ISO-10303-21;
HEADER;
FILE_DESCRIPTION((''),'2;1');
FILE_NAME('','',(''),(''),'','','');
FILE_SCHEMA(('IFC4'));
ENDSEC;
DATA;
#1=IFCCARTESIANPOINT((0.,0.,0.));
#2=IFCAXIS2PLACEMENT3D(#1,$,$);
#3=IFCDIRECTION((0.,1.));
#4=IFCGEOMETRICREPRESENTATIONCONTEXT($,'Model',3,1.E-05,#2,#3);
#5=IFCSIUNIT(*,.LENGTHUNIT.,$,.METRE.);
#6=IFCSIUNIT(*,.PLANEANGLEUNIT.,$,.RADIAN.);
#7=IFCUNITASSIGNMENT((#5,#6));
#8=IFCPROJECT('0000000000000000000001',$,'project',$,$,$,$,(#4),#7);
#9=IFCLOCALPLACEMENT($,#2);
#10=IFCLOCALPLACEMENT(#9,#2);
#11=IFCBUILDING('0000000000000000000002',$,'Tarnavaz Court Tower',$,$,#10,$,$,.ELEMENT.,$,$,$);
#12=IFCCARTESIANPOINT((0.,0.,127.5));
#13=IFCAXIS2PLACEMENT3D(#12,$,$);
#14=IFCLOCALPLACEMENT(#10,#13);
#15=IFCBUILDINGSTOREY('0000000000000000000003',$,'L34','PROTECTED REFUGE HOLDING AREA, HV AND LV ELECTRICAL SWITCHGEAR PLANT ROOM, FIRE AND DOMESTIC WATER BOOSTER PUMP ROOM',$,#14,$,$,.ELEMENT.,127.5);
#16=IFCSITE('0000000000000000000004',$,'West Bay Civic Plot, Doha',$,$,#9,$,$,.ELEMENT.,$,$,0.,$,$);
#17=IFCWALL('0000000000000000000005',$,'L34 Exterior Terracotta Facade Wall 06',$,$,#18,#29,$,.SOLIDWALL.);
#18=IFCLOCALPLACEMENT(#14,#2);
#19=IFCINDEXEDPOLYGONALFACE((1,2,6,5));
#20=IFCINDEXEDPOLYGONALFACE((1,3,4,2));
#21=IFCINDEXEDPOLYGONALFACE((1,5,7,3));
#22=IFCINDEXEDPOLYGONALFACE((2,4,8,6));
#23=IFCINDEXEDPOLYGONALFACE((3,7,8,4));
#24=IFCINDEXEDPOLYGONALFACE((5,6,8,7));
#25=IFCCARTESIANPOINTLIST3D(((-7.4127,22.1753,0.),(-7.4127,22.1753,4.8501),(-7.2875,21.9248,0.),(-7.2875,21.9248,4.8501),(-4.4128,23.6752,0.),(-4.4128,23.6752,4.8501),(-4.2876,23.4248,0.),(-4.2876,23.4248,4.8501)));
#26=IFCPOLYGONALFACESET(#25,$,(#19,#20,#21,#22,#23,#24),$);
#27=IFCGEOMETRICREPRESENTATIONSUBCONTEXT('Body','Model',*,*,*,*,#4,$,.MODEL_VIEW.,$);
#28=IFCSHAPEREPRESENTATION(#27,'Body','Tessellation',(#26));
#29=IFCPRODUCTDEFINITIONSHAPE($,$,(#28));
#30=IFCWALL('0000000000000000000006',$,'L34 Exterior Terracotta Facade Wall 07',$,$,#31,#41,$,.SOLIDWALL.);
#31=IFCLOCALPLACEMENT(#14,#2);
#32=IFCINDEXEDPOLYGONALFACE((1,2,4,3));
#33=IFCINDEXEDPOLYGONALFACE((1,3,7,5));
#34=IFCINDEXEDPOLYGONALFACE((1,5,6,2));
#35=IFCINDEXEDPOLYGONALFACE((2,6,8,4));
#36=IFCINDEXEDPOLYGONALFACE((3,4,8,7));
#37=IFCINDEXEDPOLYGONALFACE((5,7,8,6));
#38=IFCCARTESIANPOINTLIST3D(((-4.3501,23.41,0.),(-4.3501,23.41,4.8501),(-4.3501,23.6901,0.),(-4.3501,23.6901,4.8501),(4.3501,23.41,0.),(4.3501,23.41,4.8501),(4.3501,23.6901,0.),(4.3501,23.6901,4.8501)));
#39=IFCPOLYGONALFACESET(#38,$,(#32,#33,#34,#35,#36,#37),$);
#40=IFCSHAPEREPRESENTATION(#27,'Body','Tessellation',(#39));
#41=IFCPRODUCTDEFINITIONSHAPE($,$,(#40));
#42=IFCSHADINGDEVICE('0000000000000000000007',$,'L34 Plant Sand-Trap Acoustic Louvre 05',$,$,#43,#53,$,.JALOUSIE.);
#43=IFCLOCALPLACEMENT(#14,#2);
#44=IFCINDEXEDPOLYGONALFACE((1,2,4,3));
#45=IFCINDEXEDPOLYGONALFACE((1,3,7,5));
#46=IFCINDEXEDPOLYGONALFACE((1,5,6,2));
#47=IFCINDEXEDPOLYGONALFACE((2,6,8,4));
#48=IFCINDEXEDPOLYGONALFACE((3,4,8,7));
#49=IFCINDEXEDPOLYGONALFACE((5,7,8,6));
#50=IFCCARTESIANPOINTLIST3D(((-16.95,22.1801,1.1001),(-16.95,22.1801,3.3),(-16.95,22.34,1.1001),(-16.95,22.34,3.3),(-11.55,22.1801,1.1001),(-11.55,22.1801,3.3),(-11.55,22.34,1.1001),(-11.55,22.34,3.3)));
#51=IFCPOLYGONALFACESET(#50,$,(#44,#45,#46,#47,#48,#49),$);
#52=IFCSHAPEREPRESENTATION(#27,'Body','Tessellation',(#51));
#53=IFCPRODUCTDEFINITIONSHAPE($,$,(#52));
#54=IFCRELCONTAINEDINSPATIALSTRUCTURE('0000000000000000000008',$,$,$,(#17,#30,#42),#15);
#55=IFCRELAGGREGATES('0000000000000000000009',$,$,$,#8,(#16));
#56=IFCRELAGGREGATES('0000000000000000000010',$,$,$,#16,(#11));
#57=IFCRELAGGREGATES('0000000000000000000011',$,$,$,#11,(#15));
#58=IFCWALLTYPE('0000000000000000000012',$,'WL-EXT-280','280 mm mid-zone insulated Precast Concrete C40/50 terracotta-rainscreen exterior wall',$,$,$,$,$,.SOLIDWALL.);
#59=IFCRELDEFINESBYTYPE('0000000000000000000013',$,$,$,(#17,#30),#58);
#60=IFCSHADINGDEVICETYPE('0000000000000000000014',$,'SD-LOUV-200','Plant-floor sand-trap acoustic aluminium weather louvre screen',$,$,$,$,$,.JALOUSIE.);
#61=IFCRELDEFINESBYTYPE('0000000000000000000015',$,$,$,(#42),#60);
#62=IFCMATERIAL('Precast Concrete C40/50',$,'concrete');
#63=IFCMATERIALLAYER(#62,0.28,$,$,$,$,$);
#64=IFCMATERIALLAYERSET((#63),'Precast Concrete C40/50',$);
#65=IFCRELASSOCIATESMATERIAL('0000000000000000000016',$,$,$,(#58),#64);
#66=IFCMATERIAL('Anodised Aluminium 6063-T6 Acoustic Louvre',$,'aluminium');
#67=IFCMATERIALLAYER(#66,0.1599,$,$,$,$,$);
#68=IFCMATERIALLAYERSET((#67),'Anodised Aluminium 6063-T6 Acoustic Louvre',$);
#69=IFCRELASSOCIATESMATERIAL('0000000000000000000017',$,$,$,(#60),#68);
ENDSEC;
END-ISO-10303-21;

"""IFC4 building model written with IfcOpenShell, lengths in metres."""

from ifc_helpers import new_model, si_unit, direction, frame, frame_2d, origin, origin_2d, place, context, subcontext, project, spatial, rectangle, extrude, material, layer, layer_set, type_object, element, save


model = new_model("IFC4")

# Units and contexts
model_context = context("Model", 3, precision=1e-05, world=origin(), true_north=direction((0.0, 1.0)))
body_context = subcontext(model_context, "Body", "Model", "MODEL_VIEW")
ifc_project = project(units=[si_unit("LENGTHUNIT", "METRE"), si_unit("PLANEANGLEUNIT", "RADIAN")], contexts=[model_context])

# Site, building, storey
site_placement = place(None, origin())
site = spatial("IfcSite", under=ifc_project, at=site_placement, Name="West Bay Civic Plot, Doha", CompositionType="ELEMENT", RefElevation=0.0)
building_placement = place(site_placement, origin())
building = spatial("IfcBuilding", under=site, at=building_placement, Name="Tarnavaz Court Tower", CompositionType="ELEMENT")
storey_placement = place(building_placement, frame((0.0, 0.0, 127.5)))
storey = spatial("IfcBuildingStorey", under=building, at=storey_placement, Name="L34", Description="PROTECTED REFUGE HOLDING AREA, HV AND LV ELECTRICAL SWITCHGEAR PLANT ROOM, FIRE AND DOMESTIC WATER BOOSTER PUMP ROOM", CompositionType="ELEMENT", Elevation=127.5)

# Walls
ifc_material_1 = material(Name="Precast Concrete C40/50", Category="concrete")
ifc_layer_1 = layer(ifc_material_1, 0.28)
ifc_layer_set_1 = layer_set([ifc_layer_1], Name="Precast Concrete C40/50")
wall_type = type_object("IfcWallType", Name="WL-EXT-280", Description="280 mm mid-zone insulated Precast Concrete C40/50 terracotta-rainscreen exterior wall", PredefinedType="SOLIDWALL", material=ifc_layer_set_1)
wall_1_placement = place(storey_placement, frame((-7.3501, 22.05, 0.0), z_axis=(0.0, 0.0, 1.0), x_axis=(0.894427, 0.447214, 0.0)))
element("IfcWall", 1, at=wall_1_placement, inside=storey, type_object=wall_type, Name="L34 Exterior Terracotta Facade Wall 06", PredefinedType="SOLIDWALL", context=body_context, shape_type="SweptSolid", body=[
    extrude(rectangle(XDim=3.354, YDim=0.28, at=frame_2d((1.677, 0.0))), origin(), (0.0, 0.0, 1.0), 4.8501),
])
wall_2_placement = place(storey_placement, frame((-4.3501, 23.55, 0.0), z_axis=(0.0, 0.0, 1.0), x_axis=(1.0, 0.0, 0.0)))
element("IfcWall", 2, at=wall_2_placement, inside=storey, type_object=wall_type, Name="L34 Exterior Terracotta Facade Wall 07", PredefinedType="SOLIDWALL", context=body_context, shape_type="SweptSolid", body=[
    extrude(rectangle(XDim=8.7002, YDim=0.28, at=frame_2d((4.3501, 0.0))), origin(), (0.0, 0.0, 1.0), 4.8501),
])

# Shading device
ifc_material_2 = material(Name="Anodised Aluminium 6063-T6 Acoustic Louvre", Category="aluminium")
ifc_layer_2 = layer(ifc_material_2, 0.1599)
ifc_layer_set_2 = layer_set([ifc_layer_2], Name="Anodised Aluminium 6063-T6 Acoustic Louvre")
shading_device_type = type_object("IfcShadingDeviceType", Name="SD-LOUV-200", Description="Plant-floor sand-trap acoustic aluminium weather louvre screen", PredefinedType="JALOUSIE", material=ifc_layer_set_2)
shading_device_placement = place(storey_placement, frame((-14.25, 22.26, 1.1001), z_axis=(0.0, 0.0, 1.0), x_axis=(1.0, 0.0, 0.0)))
element("IfcShadingDevice", 3, at=shading_device_placement, inside=storey, type_object=shading_device_type, Name="L34 Plant Sand-Trap Acoustic Louvre 05", PredefinedType="JALOUSIE", context=body_context, shape_type="SweptSolid", body=[
    extrude(rectangle(XDim=5.3999, YDim=0.1599, at=origin_2d()), origin(), (0.0, 0.0, 1.0), 2.2),
])

save(model, "model.ifc")
